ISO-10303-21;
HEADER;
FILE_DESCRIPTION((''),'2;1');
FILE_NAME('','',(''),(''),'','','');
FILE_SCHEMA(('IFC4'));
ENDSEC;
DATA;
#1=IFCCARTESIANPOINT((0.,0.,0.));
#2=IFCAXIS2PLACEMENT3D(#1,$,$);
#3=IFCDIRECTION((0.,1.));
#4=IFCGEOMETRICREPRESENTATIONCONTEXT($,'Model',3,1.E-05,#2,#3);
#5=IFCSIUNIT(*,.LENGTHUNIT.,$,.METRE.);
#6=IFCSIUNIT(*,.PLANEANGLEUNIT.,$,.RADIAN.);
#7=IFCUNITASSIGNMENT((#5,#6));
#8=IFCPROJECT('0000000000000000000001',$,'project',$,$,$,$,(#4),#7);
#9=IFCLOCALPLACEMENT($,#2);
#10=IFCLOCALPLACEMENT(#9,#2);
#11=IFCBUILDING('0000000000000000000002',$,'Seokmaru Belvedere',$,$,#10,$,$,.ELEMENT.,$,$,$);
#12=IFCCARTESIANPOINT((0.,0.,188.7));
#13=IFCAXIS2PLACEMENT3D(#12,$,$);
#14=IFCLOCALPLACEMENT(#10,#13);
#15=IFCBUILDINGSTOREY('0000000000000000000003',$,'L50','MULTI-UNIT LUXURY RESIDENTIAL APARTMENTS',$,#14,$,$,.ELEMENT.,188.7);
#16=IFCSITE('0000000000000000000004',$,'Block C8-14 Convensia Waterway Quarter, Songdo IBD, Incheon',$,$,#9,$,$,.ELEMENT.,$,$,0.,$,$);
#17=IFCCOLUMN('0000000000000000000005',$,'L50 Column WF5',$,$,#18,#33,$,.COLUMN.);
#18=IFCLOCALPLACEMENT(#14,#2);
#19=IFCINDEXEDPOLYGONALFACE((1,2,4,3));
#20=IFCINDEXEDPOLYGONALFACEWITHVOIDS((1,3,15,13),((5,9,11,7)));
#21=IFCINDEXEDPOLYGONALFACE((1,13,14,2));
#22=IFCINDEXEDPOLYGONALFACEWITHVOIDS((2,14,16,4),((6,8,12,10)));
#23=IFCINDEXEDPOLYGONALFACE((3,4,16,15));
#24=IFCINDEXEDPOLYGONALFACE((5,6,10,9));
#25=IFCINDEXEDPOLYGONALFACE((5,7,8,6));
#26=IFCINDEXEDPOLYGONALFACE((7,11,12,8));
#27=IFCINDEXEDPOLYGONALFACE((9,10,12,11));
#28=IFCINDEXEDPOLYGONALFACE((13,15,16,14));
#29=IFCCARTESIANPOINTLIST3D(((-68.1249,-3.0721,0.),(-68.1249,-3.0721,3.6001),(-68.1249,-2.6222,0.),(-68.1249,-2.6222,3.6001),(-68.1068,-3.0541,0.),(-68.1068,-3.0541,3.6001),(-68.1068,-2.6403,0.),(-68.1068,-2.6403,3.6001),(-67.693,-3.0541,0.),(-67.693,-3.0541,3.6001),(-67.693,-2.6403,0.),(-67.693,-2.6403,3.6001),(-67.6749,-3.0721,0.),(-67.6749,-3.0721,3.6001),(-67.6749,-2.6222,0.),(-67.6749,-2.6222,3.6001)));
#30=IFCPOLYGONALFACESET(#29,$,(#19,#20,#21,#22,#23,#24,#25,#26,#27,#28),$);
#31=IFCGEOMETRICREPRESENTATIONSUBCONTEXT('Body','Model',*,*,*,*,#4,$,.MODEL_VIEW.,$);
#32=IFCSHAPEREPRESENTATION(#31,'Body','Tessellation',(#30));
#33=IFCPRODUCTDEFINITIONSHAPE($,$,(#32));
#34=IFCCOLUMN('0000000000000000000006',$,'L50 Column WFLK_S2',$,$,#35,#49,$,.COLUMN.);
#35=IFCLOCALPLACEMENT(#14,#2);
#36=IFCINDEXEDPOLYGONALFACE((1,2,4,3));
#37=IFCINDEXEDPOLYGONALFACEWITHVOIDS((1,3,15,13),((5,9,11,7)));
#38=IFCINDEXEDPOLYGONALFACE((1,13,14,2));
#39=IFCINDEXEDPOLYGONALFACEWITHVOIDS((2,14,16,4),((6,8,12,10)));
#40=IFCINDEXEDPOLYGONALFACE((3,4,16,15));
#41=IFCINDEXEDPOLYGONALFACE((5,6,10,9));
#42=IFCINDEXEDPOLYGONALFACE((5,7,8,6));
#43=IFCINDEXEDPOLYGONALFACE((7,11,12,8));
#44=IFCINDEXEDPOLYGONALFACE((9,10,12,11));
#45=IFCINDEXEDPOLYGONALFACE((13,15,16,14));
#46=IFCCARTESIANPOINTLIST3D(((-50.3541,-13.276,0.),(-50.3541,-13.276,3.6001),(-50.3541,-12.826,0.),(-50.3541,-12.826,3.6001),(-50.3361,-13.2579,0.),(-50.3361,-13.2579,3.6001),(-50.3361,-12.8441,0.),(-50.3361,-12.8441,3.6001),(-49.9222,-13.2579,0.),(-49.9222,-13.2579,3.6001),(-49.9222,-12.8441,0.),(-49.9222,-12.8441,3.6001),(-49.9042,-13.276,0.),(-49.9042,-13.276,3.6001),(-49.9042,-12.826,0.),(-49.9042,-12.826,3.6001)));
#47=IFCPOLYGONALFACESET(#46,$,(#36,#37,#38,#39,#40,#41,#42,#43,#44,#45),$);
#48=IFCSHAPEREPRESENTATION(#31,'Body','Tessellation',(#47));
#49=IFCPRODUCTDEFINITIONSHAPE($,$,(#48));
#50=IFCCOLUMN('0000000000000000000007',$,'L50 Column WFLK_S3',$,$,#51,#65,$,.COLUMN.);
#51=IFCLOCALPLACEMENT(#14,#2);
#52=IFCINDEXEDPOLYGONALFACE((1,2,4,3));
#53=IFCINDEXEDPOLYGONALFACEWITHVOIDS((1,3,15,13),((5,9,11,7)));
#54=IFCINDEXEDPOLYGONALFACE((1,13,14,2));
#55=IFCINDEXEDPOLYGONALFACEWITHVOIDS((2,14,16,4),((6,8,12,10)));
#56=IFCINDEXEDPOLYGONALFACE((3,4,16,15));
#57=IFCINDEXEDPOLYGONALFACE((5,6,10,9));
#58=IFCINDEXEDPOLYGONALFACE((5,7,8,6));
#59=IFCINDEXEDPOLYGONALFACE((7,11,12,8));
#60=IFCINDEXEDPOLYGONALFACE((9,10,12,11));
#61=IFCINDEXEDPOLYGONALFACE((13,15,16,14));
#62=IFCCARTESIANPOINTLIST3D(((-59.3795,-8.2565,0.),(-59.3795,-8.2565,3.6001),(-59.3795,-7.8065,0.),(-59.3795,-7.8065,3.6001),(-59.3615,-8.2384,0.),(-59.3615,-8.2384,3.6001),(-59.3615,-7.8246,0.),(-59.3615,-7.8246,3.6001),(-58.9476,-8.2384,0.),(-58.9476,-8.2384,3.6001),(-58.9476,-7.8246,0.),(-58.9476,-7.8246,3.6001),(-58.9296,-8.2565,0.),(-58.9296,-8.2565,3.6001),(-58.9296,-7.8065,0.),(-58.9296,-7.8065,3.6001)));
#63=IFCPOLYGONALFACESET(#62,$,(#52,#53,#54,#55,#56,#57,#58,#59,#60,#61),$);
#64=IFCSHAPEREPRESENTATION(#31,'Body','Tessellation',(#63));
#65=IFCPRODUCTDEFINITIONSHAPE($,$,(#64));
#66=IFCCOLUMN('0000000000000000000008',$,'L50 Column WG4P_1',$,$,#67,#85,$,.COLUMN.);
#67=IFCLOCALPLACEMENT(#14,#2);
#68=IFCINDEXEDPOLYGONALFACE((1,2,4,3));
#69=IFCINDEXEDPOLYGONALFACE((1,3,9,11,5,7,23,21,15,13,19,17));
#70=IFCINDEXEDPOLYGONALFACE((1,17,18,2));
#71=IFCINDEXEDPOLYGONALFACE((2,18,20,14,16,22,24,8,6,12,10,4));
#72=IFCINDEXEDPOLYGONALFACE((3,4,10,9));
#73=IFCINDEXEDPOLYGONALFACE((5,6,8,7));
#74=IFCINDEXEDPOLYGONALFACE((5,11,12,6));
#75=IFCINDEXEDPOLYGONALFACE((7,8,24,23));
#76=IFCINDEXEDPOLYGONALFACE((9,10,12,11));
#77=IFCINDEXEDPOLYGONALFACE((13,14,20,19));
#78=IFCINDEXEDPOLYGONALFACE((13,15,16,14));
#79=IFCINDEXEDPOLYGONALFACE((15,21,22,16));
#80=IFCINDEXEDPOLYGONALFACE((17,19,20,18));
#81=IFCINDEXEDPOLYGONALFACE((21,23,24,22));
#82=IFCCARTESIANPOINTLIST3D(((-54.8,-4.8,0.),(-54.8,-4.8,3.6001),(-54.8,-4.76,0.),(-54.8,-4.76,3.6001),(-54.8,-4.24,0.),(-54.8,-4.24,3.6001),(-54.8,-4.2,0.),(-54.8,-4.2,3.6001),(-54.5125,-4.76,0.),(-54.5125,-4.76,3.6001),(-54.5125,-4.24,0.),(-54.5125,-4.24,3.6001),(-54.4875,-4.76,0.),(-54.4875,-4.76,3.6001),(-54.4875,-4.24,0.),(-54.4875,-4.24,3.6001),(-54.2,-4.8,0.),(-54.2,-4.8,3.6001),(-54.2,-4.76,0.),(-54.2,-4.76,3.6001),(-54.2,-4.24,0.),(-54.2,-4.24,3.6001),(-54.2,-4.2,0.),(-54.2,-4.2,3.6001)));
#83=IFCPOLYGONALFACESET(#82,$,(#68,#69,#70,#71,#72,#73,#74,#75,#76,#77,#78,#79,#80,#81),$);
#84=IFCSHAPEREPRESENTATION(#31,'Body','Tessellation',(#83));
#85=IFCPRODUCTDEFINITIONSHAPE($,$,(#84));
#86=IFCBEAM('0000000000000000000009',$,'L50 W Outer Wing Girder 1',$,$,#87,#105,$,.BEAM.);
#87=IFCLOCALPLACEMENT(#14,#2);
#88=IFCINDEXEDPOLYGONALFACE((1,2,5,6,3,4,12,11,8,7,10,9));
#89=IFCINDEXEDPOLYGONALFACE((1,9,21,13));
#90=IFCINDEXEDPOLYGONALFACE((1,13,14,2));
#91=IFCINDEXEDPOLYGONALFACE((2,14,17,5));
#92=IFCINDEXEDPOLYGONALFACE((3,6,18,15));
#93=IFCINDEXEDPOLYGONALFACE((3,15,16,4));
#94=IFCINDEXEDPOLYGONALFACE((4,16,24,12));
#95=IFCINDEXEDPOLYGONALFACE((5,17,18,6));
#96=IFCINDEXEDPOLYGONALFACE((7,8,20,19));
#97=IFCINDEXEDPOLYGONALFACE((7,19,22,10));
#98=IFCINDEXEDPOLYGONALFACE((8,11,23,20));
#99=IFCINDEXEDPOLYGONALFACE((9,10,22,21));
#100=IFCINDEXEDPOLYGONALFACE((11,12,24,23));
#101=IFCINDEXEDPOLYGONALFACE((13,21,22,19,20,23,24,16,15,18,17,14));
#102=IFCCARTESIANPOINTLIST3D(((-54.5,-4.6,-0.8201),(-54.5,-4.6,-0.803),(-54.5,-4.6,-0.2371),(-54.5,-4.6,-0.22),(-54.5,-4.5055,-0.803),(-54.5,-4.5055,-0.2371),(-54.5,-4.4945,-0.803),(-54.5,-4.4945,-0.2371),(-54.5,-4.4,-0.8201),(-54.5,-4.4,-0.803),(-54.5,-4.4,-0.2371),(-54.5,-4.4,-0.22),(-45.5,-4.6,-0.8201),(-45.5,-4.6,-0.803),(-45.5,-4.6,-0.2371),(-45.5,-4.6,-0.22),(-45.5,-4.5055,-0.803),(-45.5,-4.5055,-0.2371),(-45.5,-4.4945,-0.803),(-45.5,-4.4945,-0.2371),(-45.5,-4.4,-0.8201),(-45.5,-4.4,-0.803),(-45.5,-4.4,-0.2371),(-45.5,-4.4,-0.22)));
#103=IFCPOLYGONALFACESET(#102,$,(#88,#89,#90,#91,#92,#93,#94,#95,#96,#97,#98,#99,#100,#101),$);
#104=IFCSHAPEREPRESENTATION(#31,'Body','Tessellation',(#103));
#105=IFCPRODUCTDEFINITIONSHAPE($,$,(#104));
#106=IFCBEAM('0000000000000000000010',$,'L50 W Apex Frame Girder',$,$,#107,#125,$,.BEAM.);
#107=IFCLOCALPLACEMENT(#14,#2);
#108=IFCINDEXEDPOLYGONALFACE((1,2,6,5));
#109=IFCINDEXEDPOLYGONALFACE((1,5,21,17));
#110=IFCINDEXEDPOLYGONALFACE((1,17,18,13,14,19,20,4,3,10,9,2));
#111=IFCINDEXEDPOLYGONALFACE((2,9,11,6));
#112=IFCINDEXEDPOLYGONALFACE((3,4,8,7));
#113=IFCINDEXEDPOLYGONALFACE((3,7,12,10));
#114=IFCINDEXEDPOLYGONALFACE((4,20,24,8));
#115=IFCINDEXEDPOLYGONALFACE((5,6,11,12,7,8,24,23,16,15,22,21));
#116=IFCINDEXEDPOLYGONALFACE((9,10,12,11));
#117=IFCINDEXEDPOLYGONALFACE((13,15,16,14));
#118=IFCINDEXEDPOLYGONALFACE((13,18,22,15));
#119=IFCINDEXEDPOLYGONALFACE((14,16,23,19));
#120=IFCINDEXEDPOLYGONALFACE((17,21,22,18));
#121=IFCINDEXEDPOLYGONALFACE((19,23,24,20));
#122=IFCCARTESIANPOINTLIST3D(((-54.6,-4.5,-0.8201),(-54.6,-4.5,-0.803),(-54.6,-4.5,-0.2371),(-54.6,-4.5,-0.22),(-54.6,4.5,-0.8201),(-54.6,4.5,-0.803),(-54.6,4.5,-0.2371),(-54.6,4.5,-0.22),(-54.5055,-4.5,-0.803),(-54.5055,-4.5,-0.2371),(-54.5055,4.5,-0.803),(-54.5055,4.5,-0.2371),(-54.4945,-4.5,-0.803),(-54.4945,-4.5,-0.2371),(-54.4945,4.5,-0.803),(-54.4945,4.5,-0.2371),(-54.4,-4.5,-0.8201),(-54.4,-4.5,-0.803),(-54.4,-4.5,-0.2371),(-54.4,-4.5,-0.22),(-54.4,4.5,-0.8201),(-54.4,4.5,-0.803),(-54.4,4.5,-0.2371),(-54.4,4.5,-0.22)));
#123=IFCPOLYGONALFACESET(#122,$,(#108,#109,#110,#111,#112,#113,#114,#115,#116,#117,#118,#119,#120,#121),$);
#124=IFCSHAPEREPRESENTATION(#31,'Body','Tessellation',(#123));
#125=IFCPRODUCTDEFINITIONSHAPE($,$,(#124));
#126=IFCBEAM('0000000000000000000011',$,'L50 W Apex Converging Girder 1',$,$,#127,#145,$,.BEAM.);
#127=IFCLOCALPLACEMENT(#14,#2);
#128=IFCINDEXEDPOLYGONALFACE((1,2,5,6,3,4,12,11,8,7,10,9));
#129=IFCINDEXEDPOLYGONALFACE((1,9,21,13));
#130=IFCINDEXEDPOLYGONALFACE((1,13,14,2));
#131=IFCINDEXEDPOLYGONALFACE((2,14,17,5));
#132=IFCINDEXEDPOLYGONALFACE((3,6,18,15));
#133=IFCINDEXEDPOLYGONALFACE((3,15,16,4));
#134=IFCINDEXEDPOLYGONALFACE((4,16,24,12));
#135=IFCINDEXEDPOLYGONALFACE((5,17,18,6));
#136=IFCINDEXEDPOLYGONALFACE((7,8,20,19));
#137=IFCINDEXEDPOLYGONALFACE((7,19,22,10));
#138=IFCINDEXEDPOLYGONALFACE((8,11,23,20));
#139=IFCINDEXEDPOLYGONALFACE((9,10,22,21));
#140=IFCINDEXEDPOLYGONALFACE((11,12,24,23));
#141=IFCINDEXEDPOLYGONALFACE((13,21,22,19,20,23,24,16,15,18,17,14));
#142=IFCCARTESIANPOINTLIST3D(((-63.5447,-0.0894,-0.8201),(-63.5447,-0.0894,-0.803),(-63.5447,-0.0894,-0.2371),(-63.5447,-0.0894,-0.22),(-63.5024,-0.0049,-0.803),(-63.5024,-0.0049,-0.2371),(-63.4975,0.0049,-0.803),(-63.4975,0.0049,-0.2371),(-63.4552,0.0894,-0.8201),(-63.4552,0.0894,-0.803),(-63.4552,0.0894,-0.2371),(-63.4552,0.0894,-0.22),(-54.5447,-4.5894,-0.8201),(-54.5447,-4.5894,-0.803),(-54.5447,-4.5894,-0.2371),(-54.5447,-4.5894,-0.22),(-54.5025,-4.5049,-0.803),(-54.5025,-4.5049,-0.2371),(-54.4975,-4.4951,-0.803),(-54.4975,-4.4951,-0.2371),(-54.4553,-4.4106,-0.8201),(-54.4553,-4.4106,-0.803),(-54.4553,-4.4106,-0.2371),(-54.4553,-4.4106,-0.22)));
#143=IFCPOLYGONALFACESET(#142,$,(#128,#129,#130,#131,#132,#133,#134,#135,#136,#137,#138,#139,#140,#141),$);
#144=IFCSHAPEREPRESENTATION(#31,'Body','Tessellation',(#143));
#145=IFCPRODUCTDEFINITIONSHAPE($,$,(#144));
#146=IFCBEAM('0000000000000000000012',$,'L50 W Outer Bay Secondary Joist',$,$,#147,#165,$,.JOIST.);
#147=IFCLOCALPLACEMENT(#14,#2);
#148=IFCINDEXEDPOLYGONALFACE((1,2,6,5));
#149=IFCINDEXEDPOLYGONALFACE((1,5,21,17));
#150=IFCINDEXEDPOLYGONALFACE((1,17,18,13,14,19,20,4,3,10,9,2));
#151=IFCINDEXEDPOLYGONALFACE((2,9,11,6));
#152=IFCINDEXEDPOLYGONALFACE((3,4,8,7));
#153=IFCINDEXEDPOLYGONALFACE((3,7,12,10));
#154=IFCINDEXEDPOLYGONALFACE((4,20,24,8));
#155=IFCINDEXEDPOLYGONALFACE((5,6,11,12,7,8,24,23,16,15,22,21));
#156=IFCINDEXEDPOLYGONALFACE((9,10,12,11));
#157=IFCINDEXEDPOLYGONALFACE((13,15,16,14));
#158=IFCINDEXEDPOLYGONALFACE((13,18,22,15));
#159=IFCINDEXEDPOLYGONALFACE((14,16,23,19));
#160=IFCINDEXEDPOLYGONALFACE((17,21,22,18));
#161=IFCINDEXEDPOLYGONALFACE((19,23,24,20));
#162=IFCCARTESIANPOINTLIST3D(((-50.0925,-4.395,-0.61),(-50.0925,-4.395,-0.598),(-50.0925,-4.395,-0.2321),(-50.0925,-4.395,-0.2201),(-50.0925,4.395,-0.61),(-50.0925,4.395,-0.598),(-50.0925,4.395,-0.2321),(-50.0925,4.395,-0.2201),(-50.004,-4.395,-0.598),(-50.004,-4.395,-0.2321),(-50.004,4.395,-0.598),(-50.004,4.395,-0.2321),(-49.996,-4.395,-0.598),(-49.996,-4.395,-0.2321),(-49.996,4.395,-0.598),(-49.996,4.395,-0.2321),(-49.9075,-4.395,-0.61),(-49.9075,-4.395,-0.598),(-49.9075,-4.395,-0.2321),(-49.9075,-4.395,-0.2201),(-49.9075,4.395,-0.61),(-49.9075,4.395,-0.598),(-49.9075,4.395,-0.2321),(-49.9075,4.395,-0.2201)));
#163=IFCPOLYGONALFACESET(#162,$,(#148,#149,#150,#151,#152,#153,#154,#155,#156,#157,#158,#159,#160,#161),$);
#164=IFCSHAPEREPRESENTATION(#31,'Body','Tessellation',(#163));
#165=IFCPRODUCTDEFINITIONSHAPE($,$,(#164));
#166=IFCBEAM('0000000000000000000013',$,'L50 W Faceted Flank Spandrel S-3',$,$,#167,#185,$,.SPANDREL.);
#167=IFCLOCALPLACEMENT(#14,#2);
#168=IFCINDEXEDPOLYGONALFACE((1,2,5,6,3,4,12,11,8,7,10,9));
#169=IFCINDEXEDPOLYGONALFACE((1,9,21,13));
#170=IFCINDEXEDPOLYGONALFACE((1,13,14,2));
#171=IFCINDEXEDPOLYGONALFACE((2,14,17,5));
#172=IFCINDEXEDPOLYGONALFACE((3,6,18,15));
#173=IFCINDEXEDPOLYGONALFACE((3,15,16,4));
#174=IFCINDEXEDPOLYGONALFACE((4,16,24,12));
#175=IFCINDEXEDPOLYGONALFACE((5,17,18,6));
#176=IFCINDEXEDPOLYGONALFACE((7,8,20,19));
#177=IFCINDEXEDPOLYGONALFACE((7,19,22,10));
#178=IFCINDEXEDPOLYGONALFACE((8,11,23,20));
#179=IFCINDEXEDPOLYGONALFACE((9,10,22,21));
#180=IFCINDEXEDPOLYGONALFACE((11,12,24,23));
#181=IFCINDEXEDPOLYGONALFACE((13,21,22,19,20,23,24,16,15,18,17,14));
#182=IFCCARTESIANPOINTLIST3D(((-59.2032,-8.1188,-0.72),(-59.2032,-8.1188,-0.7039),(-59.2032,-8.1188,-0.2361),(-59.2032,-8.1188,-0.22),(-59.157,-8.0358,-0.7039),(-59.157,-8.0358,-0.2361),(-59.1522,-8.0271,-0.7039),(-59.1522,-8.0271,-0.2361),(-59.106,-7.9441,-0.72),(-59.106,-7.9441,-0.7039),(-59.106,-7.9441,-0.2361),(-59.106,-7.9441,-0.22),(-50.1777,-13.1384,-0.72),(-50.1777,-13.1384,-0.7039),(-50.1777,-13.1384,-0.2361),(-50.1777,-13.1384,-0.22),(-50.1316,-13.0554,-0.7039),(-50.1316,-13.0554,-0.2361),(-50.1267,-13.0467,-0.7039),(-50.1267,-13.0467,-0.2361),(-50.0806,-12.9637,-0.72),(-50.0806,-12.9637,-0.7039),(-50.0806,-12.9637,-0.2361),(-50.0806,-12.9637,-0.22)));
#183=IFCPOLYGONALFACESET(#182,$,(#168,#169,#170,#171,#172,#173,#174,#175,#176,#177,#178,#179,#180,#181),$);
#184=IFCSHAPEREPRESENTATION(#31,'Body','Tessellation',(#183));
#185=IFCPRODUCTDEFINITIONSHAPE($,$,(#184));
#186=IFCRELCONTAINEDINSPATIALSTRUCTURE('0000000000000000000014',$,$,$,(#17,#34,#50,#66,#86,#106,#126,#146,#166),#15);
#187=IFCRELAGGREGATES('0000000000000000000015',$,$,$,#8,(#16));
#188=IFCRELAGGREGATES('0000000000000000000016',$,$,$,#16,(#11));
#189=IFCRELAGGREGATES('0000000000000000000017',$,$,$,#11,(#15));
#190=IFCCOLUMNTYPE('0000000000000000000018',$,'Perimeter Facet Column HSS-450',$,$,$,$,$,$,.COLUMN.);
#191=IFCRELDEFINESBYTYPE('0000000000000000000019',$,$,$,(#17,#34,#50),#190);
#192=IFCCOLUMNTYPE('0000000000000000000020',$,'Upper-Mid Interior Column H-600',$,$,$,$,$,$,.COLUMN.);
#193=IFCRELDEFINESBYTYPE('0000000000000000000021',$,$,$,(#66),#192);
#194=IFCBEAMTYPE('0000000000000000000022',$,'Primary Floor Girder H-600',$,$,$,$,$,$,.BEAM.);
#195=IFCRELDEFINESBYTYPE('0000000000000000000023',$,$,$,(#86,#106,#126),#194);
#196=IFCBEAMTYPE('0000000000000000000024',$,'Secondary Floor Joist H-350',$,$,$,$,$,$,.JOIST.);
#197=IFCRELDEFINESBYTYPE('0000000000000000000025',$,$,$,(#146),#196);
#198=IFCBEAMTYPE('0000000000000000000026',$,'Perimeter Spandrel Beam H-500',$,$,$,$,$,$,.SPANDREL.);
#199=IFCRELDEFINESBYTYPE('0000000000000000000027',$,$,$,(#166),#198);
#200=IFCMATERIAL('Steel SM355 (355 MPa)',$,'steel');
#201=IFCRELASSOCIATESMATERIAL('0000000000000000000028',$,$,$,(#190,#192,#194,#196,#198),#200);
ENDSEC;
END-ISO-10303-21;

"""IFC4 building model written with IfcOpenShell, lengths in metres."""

from ifc_helpers import new_model, si_unit, direction, frame, origin, origin_2d, place, context, subcontext, project, spatial, hollow_rectangle, i_section, extrude, source, transform, mapped, material, material_profile, profile_set, type_object, type_shapes, element, save


model = new_model("IFC4")

# Units and contexts
model_context = context("Model", 3, precision=1e-05, world=origin(), true_north=direction((0.0, 1.0)))
body_context = subcontext(model_context, "Body", "Model", "MODEL_VIEW")
ifc_project = project(units=[si_unit("LENGTHUNIT", "METRE"), si_unit("PLANEANGLEUNIT", "RADIAN")], contexts=[model_context])

# Site, building, storey
site_placement = place(None, origin())
site = spatial("IfcSite", under=ifc_project, at=site_placement, Name="Block C8-14 Convensia Waterway Quarter, Songdo IBD, Incheon", CompositionType="ELEMENT", RefElevation=0.0)
building_placement = place(site_placement, origin())
building = spatial("IfcBuilding", under=site, at=building_placement, Name="Seokmaru Belvedere", CompositionType="ELEMENT")
storey_placement = place(building_placement, frame((0.0, 0.0, 188.7)))
storey = spatial("IfcBuildingStorey", under=building, at=storey_placement, Name="L50", Description="MULTI-UNIT LUXURY RESIDENTIAL APARTMENTS", CompositionType="ELEMENT", Elevation=188.7)

# Columns
ifc_material_1 = material(Name="Steel SM355 (355 MPa)", Category="steel")
ifc_material_profile_1 = material_profile(ifc_material_1, hollow_rectangle(XDim=0.45, YDim=0.45, WallThickness=0.0181, at=origin_2d()), Name="HSS-450x450x18")
ifc_profile_set_1 = profile_set([ifc_material_profile_1], Name="Steel SM355 (355 MPa)")
column_type_1 = type_object("IfcColumnType", Name="Perimeter Facet Column HSS-450", PredefinedType="COLUMN", material=ifc_profile_set_1)
shared_shape_1 = source(origin(), body_context, "Body", "SweptSolid", [
    extrude(hollow_rectangle(XDim=0.45, YDim=0.45, WallThickness=0.0181, at=origin_2d()), origin(), (0.0, 0.0, 1.0), 3.6001),
])
type_shapes(column_type_1, [shared_shape_1])
for number, where, z_axis, x_axis, name in (
    (1, (-67.8999, -2.8472, 0.0), (0.0, 0.0, 1.0), (1.0, 0.0, 0.0), "L50 Column WF5"),
    (2, (-50.1292, -13.051, 0.0), (0.0, 0.0, 1.0), (1.0, 0.0, 0.0), "L50 Column WFLK_S2"),
    (3, (-59.1545, -8.0315, 0.0), (0.0, 0.0, 1.0), (1.0, 0.0, 0.0), "L50 Column WFLK_S3"),
):
    element("IfcColumn", number, at=place(storey_placement, frame(where, z_axis=z_axis, x_axis=x_axis)), inside=storey, type_object=column_type_1, Name=name, PredefinedType="COLUMN", context=body_context, shape_type="MappedRepresentation", body=[
        mapped(shared_shape_1, transform((0.0, 0.0, 0.0), scale=1.0)),
    ])
ifc_material_profile_2 = material_profile(ifc_material_1, i_section(OverallWidth=0.6001, OverallDepth=0.6001, WebThickness=0.0249, FlangeThickness=0.04, at=origin_2d()), Name="H-600x600x25x40")
ifc_profile_set_2 = profile_set([ifc_material_profile_2], Name="Steel SM355 (355 MPa)")
column_type_2 = type_object("IfcColumnType", Name="Upper-Mid Interior Column H-600", PredefinedType="COLUMN", material=ifc_profile_set_2)
shared_shape_2 = source(origin(), body_context, "Body", "SweptSolid", [
    extrude(i_section(OverallWidth=0.6001, OverallDepth=0.6001, WebThickness=0.0249, FlangeThickness=0.04, at=origin_2d()), origin(), (0.0, 0.0, 1.0), 3.6001),
])
type_shapes(column_type_2, [shared_shape_2])
column_placement = place(storey_placement, frame((-54.5, -4.5, 0.0), z_axis=(0.0, 0.0, 1.0), x_axis=(1.0, 0.0, 0.0)))
element("IfcColumn", 4, at=column_placement, inside=storey, type_object=column_type_2, Name="L50 Column WG4P_1", PredefinedType="COLUMN", context=body_context, shape_type="MappedRepresentation", body=[
    mapped(shared_shape_2, transform((0.0, 0.0, 0.0), scale=1.0)),
])

# Beams
ifc_material_profile_3 = material_profile(ifc_material_1, i_section(OverallWidth=0.2, OverallDepth=0.6001, WebThickness=0.011, FlangeThickness=0.0171, at=origin_2d()), Name="H-600x200x11x17")
ifc_profile_set_3 = profile_set([ifc_material_profile_3], Name="Steel SM355 (355 MPa)")
beam_type_1 = type_object("IfcBeamType", Name="Primary Floor Girder H-600", PredefinedType="BEAM", material=ifc_profile_set_3)
shared_shape_3 = source(origin(), body_context, "Body", "SweptSolid", [
    extrude(i_section(OverallWidth=0.2, OverallDepth=0.6001, WebThickness=0.011, FlangeThickness=0.0171, at=origin_2d()), origin(), (0.0, 0.0, 1.0), 9.0),
])
for number, where, z_axis, x_axis, name in (
    (5, (-54.5, -4.5, -0.52), (1.0, 0.0, 0.0), (0.0, 1.0, 0.0), "L50 W Outer Wing Girder 1"),
    (6, (-54.5, -4.5, -0.52), (0.0, 1.0, 0.0), (-1.0, 0.0, 0.0), "L50 W Apex Frame Girder"),
):
    element("IfcBeam", number, at=place(storey_placement, frame(where, z_axis=z_axis, x_axis=x_axis)), inside=storey, type_object=beam_type_1, Name=name, PredefinedType="BEAM", context=body_context, shape_type="MappedRepresentation", body=[
        mapped(shared_shape_3, transform((0.0, 0.0, 0.0), scale=1.0)),
    ])
shared_shape_4 = source(origin(), body_context, "Body", "SweptSolid", [
    extrude(i_section(OverallWidth=0.2, OverallDepth=0.6001, WebThickness=0.011, FlangeThickness=0.0171, at=origin_2d()), origin(), (0.0, 0.0, 1.0), 10.0623),
])
beam_1_placement = place(storey_placement, frame((-54.5, -4.5, -0.52), z_axis=(-0.894427, 0.447214, 0.0), x_axis=(-0.447214, -0.894427, 0.0)))
element("IfcBeam", 7, at=beam_1_placement, inside=storey, type_object=beam_type_1, Name="L50 W Apex Converging Girder 1", PredefinedType="BEAM", context=body_context, shape_type="MappedRepresentation", body=[
    mapped(shared_shape_4, transform((0.0, 0.0, 0.0), scale=1.0)),
])
ifc_material_profile_4 = material_profile(ifc_material_1, i_section(OverallWidth=0.1851, OverallDepth=0.3899, WebThickness=0.0081, FlangeThickness=0.012, at=origin_2d()), Name="H-390x185x8x12")
ifc_profile_set_4 = profile_set([ifc_material_profile_4], Name="Steel SM355 (355 MPa)")
beam_type_2 = type_object("IfcBeamType", Name="Secondary Floor Joist H-350", PredefinedType="JOIST", material=ifc_profile_set_4)
shared_shape_5 = source(origin(), body_context, "Body", "SweptSolid", [
    extrude(i_section(OverallWidth=0.1851, OverallDepth=0.3899, WebThickness=0.0081, FlangeThickness=0.012, at=origin_2d()), origin(), (0.0, 0.0, 1.0), 8.79),
])
type_shapes(beam_type_2, [shared_shape_5])
beam_2_placement = place(storey_placement, frame((-50.0, -4.395, -0.415), z_axis=(0.0, 1.0, 0.0), x_axis=(-1.0, 0.0, 0.0)))
element("IfcBeam", 8, at=beam_2_placement, inside=storey, type_object=beam_type_2, Name="L50 W Outer Bay Secondary Joist", PredefinedType="JOIST", context=body_context, shape_type="MappedRepresentation", body=[
    mapped(shared_shape_5, transform((0.0, 0.0, 0.0), scale=1.0)),
])
ifc_material_profile_5 = material_profile(ifc_material_1, i_section(OverallWidth=0.2, OverallDepth=0.5, WebThickness=0.01, FlangeThickness=0.0161, at=origin_2d()), Name="H-500x200x10x16")
ifc_profile_set_5 = profile_set([ifc_material_profile_5], Name="Steel SM355 (355 MPa)")
beam_type_3 = type_object("IfcBeamType", Name="Perimeter Spandrel Beam H-500", PredefinedType="SPANDREL", material=ifc_profile_set_5)
shared_shape_6 = source(origin(), body_context, "Body", "SweptSolid", [
    extrude(i_section(OverallWidth=0.2, OverallDepth=0.5, WebThickness=0.01, FlangeThickness=0.0161, at=origin_2d()), origin(), (0.0, 0.0, 1.0), 10.3274),
])
beam_3_placement = place(storey_placement, frame((-50.1292, -13.051, -0.47), z_axis=(-0.873934, 0.486044, 0.0), x_axis=(-0.486044, -0.873934, 0.0)))
element("IfcBeam", 9, at=beam_3_placement, inside=storey, type_object=beam_type_3, Name="L50 W Faceted Flank Spandrel S-3", PredefinedType="SPANDREL", context=body_context, shape_type="MappedRepresentation", body=[
    mapped(shared_shape_6, transform((0.0, 0.0, 0.0), scale=1.0)),
])

save(model, "model.ifc")
